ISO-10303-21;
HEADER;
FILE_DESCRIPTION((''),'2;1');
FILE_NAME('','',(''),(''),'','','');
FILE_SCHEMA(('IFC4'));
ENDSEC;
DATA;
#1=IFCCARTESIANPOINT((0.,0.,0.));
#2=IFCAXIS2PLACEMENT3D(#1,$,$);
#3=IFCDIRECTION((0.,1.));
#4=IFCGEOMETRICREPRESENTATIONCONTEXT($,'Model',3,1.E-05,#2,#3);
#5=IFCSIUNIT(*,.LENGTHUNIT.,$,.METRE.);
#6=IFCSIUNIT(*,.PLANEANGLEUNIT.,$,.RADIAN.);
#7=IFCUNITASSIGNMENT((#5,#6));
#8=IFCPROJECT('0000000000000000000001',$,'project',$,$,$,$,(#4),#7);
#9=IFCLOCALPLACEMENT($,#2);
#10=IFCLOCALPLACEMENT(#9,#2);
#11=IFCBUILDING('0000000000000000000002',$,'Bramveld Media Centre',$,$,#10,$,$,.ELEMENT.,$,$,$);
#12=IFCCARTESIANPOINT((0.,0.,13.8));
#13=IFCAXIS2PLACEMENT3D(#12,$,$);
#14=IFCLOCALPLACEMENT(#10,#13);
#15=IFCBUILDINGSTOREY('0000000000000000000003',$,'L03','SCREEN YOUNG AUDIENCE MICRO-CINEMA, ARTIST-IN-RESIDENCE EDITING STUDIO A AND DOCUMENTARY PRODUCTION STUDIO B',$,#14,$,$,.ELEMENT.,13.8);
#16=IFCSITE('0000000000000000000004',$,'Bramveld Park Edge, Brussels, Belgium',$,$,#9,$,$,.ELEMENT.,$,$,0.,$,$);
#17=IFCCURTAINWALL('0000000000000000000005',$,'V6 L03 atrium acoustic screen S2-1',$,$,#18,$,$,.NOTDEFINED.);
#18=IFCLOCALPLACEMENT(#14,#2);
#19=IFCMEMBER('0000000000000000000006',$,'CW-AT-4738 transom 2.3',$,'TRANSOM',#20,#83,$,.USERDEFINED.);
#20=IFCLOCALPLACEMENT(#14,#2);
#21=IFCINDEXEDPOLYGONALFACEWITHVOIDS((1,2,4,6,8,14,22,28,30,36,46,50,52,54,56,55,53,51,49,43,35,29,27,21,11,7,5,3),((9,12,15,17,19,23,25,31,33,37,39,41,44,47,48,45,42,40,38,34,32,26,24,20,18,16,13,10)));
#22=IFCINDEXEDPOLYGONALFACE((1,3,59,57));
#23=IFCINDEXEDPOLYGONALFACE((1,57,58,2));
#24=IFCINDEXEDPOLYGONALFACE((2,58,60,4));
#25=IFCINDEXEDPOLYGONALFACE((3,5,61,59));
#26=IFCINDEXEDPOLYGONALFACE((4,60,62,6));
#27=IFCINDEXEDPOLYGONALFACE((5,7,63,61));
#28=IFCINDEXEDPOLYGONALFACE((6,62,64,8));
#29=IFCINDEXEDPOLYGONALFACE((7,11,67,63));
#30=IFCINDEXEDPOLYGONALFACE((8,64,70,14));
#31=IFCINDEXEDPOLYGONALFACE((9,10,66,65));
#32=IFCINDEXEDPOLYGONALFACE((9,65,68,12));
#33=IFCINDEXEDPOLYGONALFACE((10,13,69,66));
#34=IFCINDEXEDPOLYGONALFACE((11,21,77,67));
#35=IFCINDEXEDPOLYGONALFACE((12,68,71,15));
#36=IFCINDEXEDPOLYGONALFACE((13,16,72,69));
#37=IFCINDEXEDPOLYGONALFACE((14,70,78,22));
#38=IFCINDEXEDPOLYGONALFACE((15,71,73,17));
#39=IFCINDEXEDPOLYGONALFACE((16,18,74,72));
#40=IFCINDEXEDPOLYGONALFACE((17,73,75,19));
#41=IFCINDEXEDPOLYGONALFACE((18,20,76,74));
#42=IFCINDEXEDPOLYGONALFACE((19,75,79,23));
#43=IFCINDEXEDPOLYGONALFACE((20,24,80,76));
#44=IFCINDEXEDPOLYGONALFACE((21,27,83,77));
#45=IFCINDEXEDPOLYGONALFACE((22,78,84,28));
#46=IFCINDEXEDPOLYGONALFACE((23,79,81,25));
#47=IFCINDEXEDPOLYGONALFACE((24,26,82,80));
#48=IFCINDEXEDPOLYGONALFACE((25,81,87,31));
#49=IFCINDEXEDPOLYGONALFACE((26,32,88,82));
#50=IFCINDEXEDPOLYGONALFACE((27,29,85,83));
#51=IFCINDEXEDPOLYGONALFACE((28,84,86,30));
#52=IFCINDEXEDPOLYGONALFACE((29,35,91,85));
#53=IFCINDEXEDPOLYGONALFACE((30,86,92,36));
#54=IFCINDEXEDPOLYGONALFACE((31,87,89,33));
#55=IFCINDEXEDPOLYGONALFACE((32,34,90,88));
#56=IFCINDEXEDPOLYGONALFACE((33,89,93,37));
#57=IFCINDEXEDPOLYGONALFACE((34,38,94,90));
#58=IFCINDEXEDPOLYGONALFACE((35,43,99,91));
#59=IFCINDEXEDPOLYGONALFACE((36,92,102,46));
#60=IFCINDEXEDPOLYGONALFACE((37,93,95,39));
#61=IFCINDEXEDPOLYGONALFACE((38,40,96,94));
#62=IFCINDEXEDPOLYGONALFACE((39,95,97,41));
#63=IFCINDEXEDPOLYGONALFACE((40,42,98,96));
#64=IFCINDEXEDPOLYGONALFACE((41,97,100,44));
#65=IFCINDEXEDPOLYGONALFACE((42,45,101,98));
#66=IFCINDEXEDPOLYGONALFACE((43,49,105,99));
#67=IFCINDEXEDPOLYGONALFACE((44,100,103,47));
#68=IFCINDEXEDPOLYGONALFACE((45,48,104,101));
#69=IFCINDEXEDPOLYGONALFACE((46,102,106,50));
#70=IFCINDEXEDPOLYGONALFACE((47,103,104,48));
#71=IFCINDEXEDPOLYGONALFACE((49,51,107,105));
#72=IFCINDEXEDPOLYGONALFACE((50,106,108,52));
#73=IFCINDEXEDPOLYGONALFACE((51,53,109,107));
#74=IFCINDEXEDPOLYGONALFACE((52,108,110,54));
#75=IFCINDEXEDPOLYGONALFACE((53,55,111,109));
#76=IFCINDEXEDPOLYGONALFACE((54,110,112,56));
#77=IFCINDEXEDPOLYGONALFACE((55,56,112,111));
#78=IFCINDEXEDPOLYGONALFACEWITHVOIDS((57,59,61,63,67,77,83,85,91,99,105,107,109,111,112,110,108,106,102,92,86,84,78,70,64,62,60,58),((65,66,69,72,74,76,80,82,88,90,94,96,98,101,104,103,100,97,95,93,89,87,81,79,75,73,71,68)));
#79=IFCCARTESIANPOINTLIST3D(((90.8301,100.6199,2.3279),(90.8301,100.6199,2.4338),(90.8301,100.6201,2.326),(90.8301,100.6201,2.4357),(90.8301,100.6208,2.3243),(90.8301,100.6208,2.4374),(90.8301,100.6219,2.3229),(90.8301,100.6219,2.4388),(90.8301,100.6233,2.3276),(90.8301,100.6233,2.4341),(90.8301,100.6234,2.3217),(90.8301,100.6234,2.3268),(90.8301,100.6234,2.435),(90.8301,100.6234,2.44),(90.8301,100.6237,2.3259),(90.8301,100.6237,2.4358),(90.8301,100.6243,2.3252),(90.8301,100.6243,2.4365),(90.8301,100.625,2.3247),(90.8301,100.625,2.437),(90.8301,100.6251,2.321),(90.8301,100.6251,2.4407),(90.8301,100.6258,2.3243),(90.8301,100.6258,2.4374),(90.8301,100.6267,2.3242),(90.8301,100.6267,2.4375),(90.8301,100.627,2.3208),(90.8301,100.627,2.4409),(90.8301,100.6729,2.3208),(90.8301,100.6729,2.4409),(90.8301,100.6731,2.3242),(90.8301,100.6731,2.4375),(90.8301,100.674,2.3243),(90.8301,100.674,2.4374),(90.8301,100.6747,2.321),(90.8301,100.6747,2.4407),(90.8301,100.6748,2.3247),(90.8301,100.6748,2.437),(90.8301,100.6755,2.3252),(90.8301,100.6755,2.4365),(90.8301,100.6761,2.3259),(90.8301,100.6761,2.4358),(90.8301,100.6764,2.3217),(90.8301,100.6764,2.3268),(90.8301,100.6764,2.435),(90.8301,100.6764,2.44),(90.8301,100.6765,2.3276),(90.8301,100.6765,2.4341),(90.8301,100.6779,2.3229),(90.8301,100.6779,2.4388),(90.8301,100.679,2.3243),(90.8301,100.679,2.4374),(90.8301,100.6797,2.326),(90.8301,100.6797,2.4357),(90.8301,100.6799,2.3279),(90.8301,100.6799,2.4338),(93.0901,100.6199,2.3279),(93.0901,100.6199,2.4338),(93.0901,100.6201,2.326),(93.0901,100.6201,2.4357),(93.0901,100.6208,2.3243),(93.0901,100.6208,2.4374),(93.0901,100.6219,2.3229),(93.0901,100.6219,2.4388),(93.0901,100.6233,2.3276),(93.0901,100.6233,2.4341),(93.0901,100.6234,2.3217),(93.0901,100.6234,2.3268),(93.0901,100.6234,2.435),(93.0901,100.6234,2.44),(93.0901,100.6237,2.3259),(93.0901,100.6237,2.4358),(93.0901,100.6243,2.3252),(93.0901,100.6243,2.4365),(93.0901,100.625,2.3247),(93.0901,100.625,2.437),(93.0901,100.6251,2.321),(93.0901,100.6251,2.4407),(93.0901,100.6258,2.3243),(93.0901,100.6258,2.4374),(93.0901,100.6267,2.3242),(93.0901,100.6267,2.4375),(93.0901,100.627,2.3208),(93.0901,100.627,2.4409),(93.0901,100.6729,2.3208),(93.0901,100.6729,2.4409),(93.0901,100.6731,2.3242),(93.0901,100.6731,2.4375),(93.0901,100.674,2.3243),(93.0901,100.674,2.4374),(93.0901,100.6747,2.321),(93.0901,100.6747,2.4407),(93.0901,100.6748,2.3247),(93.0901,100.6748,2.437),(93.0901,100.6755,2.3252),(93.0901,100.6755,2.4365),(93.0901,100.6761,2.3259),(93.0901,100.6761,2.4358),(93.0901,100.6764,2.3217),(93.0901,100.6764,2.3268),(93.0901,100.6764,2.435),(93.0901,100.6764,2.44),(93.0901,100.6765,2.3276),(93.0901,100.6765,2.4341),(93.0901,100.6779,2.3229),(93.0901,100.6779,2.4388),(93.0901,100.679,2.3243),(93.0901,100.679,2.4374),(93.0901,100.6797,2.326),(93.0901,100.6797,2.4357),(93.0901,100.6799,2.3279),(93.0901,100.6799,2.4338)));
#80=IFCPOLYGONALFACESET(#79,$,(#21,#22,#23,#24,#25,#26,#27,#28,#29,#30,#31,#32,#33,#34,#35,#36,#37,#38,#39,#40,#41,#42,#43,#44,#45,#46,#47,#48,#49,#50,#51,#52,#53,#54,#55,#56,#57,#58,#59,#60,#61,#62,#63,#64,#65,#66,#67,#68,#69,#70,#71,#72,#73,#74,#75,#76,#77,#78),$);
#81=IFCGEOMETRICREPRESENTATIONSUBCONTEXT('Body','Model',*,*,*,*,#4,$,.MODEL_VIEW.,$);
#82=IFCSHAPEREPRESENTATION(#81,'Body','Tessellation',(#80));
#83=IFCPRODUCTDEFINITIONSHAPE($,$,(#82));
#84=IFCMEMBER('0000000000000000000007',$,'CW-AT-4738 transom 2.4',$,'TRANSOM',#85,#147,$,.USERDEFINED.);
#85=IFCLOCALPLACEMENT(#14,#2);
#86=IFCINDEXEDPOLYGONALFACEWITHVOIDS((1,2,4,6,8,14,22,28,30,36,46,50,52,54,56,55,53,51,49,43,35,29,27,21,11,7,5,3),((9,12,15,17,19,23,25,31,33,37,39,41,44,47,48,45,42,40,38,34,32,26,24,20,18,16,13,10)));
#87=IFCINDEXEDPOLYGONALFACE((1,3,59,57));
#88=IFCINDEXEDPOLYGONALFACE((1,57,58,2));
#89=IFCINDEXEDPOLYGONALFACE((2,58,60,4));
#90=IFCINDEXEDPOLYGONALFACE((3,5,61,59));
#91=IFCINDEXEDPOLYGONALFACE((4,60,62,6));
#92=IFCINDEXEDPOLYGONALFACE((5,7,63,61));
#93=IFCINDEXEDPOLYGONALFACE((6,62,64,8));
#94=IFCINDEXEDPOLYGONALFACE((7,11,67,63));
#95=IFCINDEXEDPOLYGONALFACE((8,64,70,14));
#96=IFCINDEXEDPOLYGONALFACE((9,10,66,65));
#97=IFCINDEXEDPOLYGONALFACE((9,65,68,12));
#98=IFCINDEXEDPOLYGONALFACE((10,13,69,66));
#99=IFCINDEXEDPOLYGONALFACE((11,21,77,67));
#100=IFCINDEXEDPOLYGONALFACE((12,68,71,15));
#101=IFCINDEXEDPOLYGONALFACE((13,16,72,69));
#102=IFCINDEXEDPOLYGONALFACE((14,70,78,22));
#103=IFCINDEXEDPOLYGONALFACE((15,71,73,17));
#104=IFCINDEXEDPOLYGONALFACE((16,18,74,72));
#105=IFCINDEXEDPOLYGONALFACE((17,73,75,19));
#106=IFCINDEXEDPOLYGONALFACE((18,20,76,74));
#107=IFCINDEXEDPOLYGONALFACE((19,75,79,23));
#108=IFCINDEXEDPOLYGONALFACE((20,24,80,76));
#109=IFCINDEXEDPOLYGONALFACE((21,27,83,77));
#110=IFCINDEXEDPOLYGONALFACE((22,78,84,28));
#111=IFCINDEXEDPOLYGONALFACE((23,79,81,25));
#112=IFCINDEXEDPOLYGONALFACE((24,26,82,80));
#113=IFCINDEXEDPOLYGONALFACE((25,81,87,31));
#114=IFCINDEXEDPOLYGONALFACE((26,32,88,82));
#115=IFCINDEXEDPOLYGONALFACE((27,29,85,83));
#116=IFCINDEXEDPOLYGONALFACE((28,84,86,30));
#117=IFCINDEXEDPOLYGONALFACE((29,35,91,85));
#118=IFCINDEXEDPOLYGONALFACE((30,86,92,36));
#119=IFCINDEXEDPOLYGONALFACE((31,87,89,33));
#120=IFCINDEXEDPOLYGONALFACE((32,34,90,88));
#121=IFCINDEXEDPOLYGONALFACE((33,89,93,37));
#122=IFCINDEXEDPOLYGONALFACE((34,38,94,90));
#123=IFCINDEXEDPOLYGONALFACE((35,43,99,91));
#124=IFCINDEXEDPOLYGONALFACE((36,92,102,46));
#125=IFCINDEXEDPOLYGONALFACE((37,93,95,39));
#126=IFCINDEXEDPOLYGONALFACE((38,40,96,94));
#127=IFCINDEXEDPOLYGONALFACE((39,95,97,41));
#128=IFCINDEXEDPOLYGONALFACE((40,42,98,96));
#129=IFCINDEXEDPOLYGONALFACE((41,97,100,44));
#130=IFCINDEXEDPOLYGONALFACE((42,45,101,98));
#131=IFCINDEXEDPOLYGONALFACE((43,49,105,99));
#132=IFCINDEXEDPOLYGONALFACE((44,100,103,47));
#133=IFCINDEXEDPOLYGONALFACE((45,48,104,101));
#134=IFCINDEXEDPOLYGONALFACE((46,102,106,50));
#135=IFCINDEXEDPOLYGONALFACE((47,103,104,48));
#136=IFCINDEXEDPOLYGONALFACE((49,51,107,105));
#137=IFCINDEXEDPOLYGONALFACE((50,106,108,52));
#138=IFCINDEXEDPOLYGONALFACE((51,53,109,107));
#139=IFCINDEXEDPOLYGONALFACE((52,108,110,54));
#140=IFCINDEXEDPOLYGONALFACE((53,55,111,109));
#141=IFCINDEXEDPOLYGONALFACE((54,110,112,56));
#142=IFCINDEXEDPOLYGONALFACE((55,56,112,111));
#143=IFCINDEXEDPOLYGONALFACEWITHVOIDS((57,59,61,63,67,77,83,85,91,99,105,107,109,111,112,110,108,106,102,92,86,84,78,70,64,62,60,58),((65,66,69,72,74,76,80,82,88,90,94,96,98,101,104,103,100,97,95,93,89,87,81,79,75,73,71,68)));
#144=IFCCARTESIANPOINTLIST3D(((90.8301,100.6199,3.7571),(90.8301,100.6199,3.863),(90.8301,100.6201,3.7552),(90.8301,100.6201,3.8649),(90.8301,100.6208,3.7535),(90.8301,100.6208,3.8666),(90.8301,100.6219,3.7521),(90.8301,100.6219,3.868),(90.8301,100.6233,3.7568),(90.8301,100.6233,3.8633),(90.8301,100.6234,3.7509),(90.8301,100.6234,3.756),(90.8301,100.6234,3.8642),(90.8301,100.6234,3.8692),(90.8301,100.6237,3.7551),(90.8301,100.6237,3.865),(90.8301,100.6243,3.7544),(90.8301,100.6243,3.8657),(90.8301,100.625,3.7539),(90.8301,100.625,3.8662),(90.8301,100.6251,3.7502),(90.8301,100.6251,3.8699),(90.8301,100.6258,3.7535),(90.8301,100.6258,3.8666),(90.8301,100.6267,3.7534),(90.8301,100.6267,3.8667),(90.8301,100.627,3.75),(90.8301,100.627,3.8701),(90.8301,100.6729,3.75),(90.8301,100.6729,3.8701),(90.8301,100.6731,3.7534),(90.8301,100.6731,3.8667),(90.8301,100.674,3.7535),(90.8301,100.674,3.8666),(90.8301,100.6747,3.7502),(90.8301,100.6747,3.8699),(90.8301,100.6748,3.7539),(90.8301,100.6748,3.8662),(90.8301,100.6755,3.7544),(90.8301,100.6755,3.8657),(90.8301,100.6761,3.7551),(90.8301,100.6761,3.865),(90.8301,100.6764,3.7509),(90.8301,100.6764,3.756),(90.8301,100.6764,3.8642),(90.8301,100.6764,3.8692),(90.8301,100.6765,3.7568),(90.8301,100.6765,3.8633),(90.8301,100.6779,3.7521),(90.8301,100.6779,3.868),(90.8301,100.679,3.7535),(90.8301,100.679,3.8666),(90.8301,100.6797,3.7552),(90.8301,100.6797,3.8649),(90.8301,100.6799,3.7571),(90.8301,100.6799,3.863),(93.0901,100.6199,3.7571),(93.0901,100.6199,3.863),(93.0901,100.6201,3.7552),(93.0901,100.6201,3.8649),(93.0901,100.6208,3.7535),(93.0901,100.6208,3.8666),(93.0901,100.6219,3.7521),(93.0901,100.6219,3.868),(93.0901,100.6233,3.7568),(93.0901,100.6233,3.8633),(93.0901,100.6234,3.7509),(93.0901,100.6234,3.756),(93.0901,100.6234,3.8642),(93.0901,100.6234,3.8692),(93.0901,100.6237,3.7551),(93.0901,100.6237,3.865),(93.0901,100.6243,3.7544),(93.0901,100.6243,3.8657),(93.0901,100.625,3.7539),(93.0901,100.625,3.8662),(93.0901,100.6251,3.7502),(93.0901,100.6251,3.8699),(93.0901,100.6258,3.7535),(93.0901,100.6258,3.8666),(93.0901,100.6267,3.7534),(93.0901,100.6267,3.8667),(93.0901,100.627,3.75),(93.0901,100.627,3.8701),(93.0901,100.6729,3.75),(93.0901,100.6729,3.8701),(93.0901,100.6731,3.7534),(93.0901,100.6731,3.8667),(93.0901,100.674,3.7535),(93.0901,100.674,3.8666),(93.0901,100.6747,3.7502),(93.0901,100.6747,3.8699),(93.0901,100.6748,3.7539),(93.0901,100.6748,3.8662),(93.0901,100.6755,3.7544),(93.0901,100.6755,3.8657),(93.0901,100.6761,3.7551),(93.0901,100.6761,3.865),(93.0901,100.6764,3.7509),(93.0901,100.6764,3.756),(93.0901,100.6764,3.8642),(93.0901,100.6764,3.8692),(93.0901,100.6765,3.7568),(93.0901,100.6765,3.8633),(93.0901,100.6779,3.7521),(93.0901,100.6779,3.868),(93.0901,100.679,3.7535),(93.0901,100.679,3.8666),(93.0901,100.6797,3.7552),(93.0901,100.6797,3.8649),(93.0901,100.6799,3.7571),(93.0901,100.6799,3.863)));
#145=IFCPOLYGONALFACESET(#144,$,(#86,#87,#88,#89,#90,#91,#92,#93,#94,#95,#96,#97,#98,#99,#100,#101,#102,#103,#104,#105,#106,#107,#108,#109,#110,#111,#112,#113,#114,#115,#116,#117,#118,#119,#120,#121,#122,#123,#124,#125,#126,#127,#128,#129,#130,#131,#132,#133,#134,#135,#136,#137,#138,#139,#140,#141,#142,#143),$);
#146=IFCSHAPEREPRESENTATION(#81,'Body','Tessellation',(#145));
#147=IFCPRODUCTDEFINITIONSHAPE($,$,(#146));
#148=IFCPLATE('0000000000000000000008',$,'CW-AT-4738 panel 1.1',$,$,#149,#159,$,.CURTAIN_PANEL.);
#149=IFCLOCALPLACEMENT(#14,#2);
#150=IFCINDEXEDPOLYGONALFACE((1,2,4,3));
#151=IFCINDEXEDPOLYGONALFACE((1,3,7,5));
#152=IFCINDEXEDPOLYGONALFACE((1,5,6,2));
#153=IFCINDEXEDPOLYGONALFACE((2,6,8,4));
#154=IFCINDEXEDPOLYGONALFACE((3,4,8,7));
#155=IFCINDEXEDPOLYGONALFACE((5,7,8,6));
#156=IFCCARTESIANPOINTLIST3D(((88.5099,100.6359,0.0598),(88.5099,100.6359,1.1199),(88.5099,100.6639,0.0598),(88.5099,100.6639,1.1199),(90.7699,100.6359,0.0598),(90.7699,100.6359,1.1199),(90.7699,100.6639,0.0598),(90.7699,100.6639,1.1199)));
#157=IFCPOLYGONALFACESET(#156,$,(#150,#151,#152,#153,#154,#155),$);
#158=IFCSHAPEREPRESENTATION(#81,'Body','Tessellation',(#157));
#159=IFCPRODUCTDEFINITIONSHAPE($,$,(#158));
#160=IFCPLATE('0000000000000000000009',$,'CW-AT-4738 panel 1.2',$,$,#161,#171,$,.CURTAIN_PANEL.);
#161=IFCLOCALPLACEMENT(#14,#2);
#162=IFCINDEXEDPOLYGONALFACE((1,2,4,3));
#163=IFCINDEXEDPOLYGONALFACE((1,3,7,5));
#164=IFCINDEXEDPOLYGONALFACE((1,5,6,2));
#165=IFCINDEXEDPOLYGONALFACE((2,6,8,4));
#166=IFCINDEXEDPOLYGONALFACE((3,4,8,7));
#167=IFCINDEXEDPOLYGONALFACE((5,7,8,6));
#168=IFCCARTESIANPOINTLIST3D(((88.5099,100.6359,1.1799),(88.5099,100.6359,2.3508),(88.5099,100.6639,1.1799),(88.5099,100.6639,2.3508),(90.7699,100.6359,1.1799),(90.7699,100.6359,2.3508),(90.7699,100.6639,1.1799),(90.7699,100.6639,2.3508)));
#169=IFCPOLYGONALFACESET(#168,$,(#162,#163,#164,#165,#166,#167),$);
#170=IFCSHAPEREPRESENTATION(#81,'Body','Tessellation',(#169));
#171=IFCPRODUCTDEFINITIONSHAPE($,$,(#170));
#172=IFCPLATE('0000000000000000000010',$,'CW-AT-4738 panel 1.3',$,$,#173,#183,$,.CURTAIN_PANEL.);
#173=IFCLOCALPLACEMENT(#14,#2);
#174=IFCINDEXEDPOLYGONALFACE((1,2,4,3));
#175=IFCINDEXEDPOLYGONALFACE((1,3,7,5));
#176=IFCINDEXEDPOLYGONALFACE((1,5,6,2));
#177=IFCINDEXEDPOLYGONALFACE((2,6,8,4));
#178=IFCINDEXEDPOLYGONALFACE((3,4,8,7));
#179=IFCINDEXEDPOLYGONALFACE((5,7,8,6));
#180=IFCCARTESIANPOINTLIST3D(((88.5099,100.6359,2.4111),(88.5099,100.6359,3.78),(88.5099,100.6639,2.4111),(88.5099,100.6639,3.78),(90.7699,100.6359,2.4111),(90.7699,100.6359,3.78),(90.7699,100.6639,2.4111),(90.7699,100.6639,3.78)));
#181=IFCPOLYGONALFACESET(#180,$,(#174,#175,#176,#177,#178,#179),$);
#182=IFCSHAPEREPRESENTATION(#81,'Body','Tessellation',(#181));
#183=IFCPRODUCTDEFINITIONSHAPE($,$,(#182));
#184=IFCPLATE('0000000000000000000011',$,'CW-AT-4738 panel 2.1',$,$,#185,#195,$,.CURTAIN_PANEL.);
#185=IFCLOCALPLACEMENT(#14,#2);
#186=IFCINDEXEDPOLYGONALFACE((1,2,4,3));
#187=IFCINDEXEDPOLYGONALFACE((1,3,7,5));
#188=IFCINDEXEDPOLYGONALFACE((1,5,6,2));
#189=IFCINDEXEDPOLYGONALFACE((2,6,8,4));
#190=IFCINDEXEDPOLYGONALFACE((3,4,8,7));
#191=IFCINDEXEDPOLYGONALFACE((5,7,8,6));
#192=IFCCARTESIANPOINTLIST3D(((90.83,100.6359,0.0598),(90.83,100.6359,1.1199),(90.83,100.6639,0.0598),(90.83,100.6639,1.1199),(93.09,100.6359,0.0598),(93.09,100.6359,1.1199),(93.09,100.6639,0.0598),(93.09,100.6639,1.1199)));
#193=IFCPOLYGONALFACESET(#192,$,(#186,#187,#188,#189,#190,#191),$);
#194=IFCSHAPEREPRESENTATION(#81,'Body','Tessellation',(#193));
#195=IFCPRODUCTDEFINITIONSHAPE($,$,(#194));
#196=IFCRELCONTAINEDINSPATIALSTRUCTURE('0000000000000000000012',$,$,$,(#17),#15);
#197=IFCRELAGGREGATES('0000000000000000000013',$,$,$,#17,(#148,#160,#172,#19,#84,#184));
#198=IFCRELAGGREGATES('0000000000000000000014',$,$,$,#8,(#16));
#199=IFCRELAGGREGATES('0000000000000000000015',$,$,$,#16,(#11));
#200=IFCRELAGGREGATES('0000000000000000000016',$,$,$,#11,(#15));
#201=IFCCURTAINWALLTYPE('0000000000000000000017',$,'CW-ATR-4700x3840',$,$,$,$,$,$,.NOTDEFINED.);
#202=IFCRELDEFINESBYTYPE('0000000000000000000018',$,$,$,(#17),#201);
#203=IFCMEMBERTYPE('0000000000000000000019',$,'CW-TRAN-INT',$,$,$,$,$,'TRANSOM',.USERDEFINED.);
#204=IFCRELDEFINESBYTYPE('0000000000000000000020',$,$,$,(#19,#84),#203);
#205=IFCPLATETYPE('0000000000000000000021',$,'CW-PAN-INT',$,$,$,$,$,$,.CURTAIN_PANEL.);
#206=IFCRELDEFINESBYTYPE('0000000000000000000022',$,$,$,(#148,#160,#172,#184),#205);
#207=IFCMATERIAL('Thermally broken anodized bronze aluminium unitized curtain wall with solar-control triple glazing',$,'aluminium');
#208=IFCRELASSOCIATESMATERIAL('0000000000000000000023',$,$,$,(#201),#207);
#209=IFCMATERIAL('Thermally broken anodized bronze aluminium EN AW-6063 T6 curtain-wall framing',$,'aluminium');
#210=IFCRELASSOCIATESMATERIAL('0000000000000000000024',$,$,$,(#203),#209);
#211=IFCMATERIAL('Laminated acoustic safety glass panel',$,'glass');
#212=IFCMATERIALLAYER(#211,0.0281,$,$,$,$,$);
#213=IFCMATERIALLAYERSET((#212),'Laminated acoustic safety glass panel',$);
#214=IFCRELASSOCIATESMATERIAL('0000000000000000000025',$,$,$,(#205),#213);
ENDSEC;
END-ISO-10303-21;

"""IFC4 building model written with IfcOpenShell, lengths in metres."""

from ifc_helpers import new_model, si_unit, direction, frame, origin, origin_2d, place, context, subcontext, project, spatial, rectangle, hollow_rectangle, extrude, material, layer, layer_set, material_profile, profile_set, type_object, element, aggregate, save


model = new_model("IFC4")

# Units and contexts
model_context = context("Model", 3, precision=1e-05, world=origin(), true_north=direction((0.0, 1.0)))
body_context = subcontext(model_context, "Body", "Model", "MODEL_VIEW")
ifc_project = project(units=[si_unit("LENGTHUNIT", "METRE"), si_unit("PLANEANGLEUNIT", "RADIAN")], contexts=[model_context])

# Site, building, storey
site_placement = place(None, origin())
site = spatial("IfcSite", under=ifc_project, at=site_placement, Name="Bramveld Park Edge, Brussels, Belgium", CompositionType="ELEMENT", RefElevation=0.0)
building_placement = place(site_placement, origin())
building = spatial("IfcBuilding", under=site, at=building_placement, Name="Bramveld Media Centre", CompositionType="ELEMENT")
storey_placement = place(building_placement, frame((0.0, 0.0, 13.8)))
storey = spatial("IfcBuildingStorey", under=building, at=storey_placement, Name="L03", Description="SCREEN YOUNG AUDIENCE MICRO-CINEMA, ARTIST-IN-RESIDENCE EDITING STUDIO A AND DOCUMENTARY PRODUCTION STUDIO B", CompositionType="ELEMENT", Elevation=13.8)

# Shared definitions
ifc_material_1 = material(Name="Thermally broken anodized bronze aluminium unitized curtain wall with solar-control triple glazing", Category="aluminium")
curtain_wall_type = type_object("IfcCurtainWallType", Name="CW-ATR-4700x3840", PredefinedType="NOTDEFINED", material=ifc_material_1)

# Curtain wall, members, plates
curtain_wall_1_placement = place(storey_placement, origin())
curtain_wall_1 = element("IfcCurtainWall", 1, at=curtain_wall_1_placement, inside=storey, type_object=curtain_wall_type, Name="V6 L03 atrium acoustic screen S2-1", PredefinedType="NOTDEFINED")
ifc_material_2 = material(Name="Thermally broken anodized bronze aluminium EN AW-6063 T6 curtain-wall framing", Category="aluminium")
ifc_material_profile_1 = material_profile(ifc_material_2, hollow_rectangle(XDim=0.0601, YDim=0.1201, WallThickness=0.0034, InnerFilletRadius=0.0034, OuterFilletRadius=0.0071, at=origin_2d()), Name="AL-TRAN 60x120")
ifc_profile_set_1 = profile_set([ifc_material_profile_1], Name="Thermally broken anodized bronze aluminium EN AW-6063 T6 curtain-wall framing")
member_type_1 = type_object("IfcMemberType", Name="CW-TRAN-INT", ElementType="TRANSOM", PredefinedType="USERDEFINED", material=ifc_profile_set_1)
member_1_placement = place(storey_placement, frame((90.8301, 100.6499, 2.3809), z_axis=(1.0, 0.0, 0.0), x_axis=(0.0, 1.0, 0.0)))
member_1 = element("IfcMember", 2, at=member_1_placement, type_object=member_type_1, Name="CW-AT-4738 transom 2.3", ObjectType="TRANSOM", PredefinedType="USERDEFINED", context=body_context, shape_type="SweptSolid", body=[
    extrude(hollow_rectangle(XDim=0.0601, YDim=0.1201, WallThickness=0.0034, InnerFilletRadius=0.0034, OuterFilletRadius=0.0071, at=origin_2d()), origin(), (0.0, 0.0, 1.0), 2.26),
])
member_2_placement = place(storey_placement, frame((90.8301, 100.6499, 3.8101), z_axis=(1.0, 0.0, 0.0), x_axis=(0.0, 1.0, 0.0)))
member_2 = element("IfcMember", 3, at=member_2_placement, type_object=member_type_1, Name="CW-AT-4738 transom 2.4", ObjectType="TRANSOM", PredefinedType="USERDEFINED", context=body_context, shape_type="SweptSolid", body=[
    extrude(hollow_rectangle(XDim=0.0601, YDim=0.1201, WallThickness=0.0034, InnerFilletRadius=0.0034, OuterFilletRadius=0.0071, at=origin_2d()), origin(), (0.0, 0.0, 1.0), 2.26),
])
ifc_material_3 = material(Name="Laminated acoustic safety glass panel", Category="glass")
ifc_layer_1 = layer(ifc_material_3, 0.0281)
ifc_layer_set_1 = layer_set([ifc_layer_1], Name="Laminated acoustic safety glass panel")
plate_type = type_object("IfcPlateType", Name="CW-PAN-INT", PredefinedType="CURTAIN_PANEL", material=ifc_layer_set_1)
plate_1_placement = place(storey_placement, frame((89.6399, 100.6499, 0.0598), z_axis=(0.0, 0.0, 1.0), x_axis=(1.0, 0.0, 0.0)))
plate_1 = element("IfcPlate", 4, at=plate_1_placement, type_object=plate_type, Name="CW-AT-4738 panel 1.1", PredefinedType="CURTAIN_PANEL", context=body_context, shape_type="SweptSolid", body=[
    extrude(rectangle(XDim=2.26, YDim=0.0281, at=origin_2d()), origin(), (0.0, 0.0, 1.0), 1.0601),
])
plate_2_placement = place(storey_placement, frame((89.6399, 100.6499, 1.1799), z_axis=(0.0, 0.0, 1.0), x_axis=(1.0, 0.0, 0.0)))
plate_2 = element("IfcPlate", 5, at=plate_2_placement, type_object=plate_type, Name="CW-AT-4738 panel 1.2", PredefinedType="CURTAIN_PANEL", context=body_context, shape_type="SweptSolid", body=[
    extrude(rectangle(XDim=2.26, YDim=0.0281, at=origin_2d()), origin(), (0.0, 0.0, 1.0), 1.1709),
])
plate_3_placement = place(storey_placement, frame((89.6399, 100.6499, 2.4111), z_axis=(0.0, 0.0, 1.0), x_axis=(1.0, 0.0, 0.0)))
plate_3 = element("IfcPlate", 6, at=plate_3_placement, type_object=plate_type, Name="CW-AT-4738 panel 1.3", PredefinedType="CURTAIN_PANEL", context=body_context, shape_type="SweptSolid", body=[
    extrude(rectangle(XDim=2.26, YDim=0.0281, at=origin_2d()), origin(), (0.0, 0.0, 1.0), 1.3689),
])
plate_4_placement = place(storey_placement, frame((91.96, 100.6499, 0.0598), z_axis=(0.0, 0.0, 1.0), x_axis=(1.0, 0.0, 0.0)))
plate_4 = element("IfcPlate", 7, at=plate_4_placement, type_object=plate_type, Name="CW-AT-4738 panel 2.1", PredefinedType="CURTAIN_PANEL", context=body_context, shape_type="SweptSolid", body=[
    extrude(rectangle(XDim=2.26, YDim=0.0281, at=origin_2d()), origin(), (0.0, 0.0, 1.0), 1.0601),
])
aggregate(curtain_wall_1, [plate_1, plate_2, plate_3, member_1, member_2, plate_4])

save(model, "model.ifc")
